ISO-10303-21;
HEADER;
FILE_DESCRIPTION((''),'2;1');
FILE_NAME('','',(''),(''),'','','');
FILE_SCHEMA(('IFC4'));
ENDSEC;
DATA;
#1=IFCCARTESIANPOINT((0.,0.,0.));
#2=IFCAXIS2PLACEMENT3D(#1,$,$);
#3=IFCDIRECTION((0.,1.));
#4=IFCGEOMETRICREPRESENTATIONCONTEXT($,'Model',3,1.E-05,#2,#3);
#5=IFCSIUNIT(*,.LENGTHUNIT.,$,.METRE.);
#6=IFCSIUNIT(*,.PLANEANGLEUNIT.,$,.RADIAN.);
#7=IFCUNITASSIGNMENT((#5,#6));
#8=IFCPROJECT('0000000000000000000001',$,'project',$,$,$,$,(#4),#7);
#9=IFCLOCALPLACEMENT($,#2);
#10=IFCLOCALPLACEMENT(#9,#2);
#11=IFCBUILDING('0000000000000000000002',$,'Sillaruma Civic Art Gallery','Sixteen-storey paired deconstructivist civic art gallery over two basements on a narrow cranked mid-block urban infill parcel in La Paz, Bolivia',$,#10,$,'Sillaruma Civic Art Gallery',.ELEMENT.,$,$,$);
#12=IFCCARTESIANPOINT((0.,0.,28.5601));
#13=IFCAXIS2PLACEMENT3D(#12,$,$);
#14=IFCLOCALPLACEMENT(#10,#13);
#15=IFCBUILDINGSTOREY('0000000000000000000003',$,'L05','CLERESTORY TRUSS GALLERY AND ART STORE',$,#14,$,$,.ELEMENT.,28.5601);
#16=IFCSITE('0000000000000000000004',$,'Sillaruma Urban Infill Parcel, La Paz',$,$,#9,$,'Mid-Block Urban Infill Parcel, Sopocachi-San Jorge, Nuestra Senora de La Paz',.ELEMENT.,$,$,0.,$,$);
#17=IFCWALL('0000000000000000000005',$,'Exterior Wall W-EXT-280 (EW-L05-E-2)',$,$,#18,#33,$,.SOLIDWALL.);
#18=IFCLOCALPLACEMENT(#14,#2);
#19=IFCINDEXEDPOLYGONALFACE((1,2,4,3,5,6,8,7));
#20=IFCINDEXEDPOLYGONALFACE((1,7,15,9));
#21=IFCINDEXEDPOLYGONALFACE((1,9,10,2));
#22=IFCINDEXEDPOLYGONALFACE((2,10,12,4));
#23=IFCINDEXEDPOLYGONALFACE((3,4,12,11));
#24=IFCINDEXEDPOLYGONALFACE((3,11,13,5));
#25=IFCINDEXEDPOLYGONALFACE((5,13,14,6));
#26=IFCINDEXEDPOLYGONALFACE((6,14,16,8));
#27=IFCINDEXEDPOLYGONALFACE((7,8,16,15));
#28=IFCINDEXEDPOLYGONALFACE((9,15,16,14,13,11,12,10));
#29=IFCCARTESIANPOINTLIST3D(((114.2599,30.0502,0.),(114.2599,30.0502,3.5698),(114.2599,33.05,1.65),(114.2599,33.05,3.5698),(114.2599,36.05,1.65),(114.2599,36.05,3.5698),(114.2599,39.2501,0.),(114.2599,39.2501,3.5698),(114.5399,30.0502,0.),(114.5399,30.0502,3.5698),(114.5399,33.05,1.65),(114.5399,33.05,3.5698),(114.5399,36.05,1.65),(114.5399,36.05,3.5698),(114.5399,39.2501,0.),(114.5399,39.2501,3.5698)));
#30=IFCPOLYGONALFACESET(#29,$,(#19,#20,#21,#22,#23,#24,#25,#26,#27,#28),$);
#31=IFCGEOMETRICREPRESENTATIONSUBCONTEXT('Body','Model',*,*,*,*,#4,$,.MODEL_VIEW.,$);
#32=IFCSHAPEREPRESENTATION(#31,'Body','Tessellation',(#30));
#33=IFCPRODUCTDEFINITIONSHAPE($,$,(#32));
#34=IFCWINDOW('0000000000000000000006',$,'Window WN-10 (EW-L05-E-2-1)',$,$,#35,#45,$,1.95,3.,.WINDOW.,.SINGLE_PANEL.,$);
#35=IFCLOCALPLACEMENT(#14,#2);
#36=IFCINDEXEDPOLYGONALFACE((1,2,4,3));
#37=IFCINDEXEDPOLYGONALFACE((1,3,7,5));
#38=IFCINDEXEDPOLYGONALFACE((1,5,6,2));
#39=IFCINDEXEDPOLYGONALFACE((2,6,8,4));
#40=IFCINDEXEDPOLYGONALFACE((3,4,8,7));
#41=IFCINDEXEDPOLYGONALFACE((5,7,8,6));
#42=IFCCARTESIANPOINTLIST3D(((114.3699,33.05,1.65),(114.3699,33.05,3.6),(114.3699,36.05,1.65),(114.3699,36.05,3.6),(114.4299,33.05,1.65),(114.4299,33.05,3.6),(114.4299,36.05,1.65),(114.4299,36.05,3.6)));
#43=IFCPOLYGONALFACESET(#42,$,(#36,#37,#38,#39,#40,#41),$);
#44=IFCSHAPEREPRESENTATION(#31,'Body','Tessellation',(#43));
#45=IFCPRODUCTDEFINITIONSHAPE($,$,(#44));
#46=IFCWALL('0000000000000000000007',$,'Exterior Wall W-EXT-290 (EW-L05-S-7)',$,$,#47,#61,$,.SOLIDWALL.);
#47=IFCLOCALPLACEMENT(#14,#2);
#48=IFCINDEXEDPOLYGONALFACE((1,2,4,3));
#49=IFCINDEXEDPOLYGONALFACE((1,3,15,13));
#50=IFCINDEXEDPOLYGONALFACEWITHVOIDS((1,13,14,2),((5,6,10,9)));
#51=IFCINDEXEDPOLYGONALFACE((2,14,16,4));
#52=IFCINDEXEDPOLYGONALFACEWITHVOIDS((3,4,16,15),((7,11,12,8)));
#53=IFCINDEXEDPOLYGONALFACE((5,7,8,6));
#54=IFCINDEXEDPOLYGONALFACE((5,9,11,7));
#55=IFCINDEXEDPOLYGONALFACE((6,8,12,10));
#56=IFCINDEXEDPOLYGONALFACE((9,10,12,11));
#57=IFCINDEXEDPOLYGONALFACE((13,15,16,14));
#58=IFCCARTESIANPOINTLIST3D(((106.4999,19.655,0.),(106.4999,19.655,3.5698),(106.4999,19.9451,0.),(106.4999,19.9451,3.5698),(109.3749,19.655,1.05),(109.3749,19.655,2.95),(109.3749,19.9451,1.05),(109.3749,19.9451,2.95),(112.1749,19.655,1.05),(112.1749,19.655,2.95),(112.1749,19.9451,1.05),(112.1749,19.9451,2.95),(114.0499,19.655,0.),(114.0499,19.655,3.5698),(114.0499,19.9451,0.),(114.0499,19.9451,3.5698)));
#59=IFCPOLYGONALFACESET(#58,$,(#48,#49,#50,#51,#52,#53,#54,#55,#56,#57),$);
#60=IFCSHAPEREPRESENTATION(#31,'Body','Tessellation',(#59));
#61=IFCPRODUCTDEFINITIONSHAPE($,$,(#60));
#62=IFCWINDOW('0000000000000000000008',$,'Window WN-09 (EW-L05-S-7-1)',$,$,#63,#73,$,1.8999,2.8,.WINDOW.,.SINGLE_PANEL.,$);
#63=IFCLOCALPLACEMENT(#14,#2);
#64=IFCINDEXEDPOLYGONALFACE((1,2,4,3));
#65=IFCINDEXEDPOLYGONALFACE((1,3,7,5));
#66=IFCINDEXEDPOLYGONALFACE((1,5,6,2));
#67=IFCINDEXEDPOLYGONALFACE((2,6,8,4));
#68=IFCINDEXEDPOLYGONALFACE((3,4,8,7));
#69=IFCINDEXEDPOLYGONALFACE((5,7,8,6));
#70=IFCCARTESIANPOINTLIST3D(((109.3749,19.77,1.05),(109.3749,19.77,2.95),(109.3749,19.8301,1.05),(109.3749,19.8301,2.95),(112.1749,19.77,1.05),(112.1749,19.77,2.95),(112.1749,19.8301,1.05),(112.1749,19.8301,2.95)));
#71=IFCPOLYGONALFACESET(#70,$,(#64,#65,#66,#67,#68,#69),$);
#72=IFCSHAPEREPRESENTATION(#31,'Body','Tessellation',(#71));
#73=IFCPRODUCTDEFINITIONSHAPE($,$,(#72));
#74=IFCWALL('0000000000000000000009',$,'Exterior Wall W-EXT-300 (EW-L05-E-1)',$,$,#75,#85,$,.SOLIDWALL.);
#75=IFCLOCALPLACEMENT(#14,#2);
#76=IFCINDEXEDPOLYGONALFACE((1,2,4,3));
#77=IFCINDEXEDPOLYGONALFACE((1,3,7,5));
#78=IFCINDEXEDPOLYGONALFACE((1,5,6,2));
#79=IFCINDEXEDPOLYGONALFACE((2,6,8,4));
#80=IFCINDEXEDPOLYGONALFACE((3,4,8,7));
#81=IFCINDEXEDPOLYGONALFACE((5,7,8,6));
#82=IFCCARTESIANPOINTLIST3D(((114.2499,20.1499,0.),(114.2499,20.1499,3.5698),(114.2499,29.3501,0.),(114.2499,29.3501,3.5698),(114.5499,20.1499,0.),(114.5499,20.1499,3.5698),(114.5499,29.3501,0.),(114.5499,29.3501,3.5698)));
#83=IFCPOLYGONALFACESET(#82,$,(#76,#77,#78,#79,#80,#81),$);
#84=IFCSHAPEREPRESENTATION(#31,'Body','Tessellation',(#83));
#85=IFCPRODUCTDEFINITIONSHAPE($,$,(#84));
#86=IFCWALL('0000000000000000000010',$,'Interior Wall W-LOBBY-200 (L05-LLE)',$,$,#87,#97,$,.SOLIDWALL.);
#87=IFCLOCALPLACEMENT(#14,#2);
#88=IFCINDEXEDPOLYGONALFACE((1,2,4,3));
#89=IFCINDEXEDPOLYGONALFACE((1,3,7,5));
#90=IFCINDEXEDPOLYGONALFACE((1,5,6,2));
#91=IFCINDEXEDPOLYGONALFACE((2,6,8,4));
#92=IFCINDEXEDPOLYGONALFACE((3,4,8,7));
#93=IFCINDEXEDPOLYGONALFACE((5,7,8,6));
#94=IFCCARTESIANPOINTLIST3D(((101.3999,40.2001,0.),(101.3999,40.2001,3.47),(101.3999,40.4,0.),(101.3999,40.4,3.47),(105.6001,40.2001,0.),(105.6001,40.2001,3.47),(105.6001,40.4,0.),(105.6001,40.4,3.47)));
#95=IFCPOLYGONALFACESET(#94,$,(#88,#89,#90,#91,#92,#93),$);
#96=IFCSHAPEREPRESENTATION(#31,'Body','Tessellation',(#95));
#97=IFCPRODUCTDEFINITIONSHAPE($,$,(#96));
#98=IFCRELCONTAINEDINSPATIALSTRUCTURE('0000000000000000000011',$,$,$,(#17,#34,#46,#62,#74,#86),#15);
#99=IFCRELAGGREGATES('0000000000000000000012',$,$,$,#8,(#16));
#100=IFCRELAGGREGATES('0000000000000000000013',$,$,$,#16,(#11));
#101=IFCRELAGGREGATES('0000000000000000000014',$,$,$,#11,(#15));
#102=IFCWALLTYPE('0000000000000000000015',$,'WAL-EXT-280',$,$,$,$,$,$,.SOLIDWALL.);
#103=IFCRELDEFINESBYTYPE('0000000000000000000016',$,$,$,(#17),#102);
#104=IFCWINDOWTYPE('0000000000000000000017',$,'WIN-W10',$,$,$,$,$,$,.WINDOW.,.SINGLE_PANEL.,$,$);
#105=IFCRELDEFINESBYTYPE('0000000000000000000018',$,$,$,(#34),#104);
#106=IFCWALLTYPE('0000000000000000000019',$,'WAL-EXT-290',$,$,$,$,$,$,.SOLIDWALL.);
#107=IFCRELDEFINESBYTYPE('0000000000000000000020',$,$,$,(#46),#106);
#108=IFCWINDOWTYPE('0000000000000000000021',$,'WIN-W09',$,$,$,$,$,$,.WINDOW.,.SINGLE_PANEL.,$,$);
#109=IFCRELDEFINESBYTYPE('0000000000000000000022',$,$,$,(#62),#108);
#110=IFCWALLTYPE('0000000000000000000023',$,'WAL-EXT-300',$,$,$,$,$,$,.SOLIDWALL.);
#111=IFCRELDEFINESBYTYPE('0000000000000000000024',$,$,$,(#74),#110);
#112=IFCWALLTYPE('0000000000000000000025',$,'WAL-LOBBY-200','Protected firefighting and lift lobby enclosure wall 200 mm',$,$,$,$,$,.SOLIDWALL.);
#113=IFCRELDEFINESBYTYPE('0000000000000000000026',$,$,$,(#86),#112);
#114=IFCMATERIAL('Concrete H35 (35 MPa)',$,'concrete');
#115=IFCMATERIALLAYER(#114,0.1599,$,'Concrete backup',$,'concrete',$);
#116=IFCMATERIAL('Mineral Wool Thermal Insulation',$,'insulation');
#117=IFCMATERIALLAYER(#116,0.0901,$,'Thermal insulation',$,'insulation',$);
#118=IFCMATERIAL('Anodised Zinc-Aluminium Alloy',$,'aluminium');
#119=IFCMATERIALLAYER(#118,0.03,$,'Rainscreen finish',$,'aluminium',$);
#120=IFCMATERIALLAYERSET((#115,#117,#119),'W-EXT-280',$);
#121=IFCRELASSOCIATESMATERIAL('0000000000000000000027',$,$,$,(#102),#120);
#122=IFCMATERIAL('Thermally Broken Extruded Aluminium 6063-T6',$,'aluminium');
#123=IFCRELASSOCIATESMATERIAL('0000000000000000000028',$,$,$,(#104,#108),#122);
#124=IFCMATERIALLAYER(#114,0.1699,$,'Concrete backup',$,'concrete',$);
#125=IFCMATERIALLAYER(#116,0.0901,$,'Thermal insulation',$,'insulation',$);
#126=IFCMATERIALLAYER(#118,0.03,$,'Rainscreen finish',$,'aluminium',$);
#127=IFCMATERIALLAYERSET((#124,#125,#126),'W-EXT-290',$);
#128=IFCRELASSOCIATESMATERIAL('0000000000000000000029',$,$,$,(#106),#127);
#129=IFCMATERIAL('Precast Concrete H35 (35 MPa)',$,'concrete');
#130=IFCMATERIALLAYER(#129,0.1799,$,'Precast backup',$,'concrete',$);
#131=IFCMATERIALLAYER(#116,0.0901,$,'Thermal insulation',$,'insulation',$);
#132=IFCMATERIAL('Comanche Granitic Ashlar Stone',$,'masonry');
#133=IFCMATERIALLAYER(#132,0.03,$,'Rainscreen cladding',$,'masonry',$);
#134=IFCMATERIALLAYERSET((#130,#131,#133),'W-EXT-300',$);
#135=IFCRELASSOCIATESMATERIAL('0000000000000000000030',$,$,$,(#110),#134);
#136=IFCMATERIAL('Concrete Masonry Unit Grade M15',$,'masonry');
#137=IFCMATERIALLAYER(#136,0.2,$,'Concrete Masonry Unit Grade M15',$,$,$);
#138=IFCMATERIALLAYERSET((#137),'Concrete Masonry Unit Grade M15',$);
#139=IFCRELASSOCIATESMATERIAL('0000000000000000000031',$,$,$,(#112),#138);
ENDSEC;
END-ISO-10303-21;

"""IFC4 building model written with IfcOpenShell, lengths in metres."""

from ifc_helpers import new_model, si_unit, direction, frame, frame_2d, origin, place, context, subcontext, project, spatial, rectangle, extrude, material, layer, layer_set, type_object, element, fill, save


model = new_model("IFC4")

# Units and contexts
model_context = context("Model", 3, precision=1e-05, world=origin(), true_north=direction((0.0, 1.0)))
body_context = subcontext(model_context, "Body", "Model", "MODEL_VIEW")
ifc_project = project(units=[si_unit("LENGTHUNIT", "METRE"), si_unit("PLANEANGLEUNIT", "RADIAN")], contexts=[model_context])

# Site, building, storey
site_placement = place(None, origin())
site = spatial("IfcSite", under=ifc_project, at=site_placement, Name="Sillaruma Urban Infill Parcel, La Paz", LongName="Mid-Block Urban Infill Parcel, Sopocachi-San Jorge, Nuestra Senora de La Paz", CompositionType="ELEMENT", RefElevation=0.0)
building_placement = place(site_placement, origin())
building = spatial("IfcBuilding", under=site, at=building_placement, Name="Sillaruma Civic Art Gallery", Description="Sixteen-storey paired deconstructivist civic art gallery over two basements on a narrow cranked mid-block urban infill parcel in La Paz, Bolivia", LongName="Sillaruma Civic Art Gallery", CompositionType="ELEMENT")
storey_placement = place(building_placement, frame((0.0, 0.0, 28.5601)))
storey = spatial("IfcBuildingStorey", under=building, at=storey_placement, Name="L05", Description="CLERESTORY TRUSS GALLERY AND ART STORE", CompositionType="ELEMENT", Elevation=28.5601)

# Shared definitions
ifc_material_1 = material(Name="Concrete H35 (35 MPa)", Category="concrete")

# Shared definitions
ifc_material_2 = material(Name="Thermally Broken Extruded Aluminium 6063-T6", Category="aluminium")

# Walls, openings, windows
ifc_layer_1 = layer(ifc_material_1, 0.1599, Name="Concrete backup", Category="concrete")
ifc_material_3 = material(Name="Mineral Wool Thermal Insulation", Category="insulation")
ifc_layer_2 = layer(ifc_material_3, 0.0901, Name="Thermal insulation", Category="insulation")
ifc_material_4 = material(Name="Anodised Zinc-Aluminium Alloy", Category="aluminium")
ifc_layer_3 = layer(ifc_material_4, 0.03, Name="Rainscreen finish", Category="aluminium")
ifc_layer_set_1 = layer_set([ifc_layer_1, ifc_layer_2, ifc_layer_3], Name="W-EXT-280")
wall_type_1 = type_object("IfcWallType", Name="WAL-EXT-280", PredefinedType="SOLIDWALL", material=ifc_layer_set_1)
wall_1_placement = place(storey_placement, frame((114.3999, 30.05, 0.0), z_axis=(0.0, 0.0, 1.0), x_axis=(0.0, 1.0, 0.0)))
wall_1 = element("IfcWall", 1, at=wall_1_placement, inside=storey, type_object=wall_type_1, Name="Exterior Wall W-EXT-280 (EW-L05-E-2)", PredefinedType="SOLIDWALL", context=body_context, shape_type="SweptSolid", body=[
    extrude(rectangle(XDim=9.2, YDim=0.28, at=frame_2d((4.6001, 0.0))), origin(), (0.0, 0.0, 1.0), 3.5698),
])
opening_1_placement = place(wall_1_placement, frame((3.0, 0.0, 1.6499)))
opening_1 = element("IfcOpeningElement", 2, at=opening_1_placement, cuts=wall_1, PredefinedType="OPENING", context=body_context, shape_type="SweptSolid", body=[
    extrude(rectangle(XDim=3.0, YDim=1.95, at=frame_2d((1.5, 0.9751))), frame((0.0, 0.1499, 0.0), z_axis=(0.0, -1.0, 0.0), x_axis=(1.0, 0.0, 0.0)), (0.0, 0.0, 1.0), 0.3),
])
window_type_1 = type_object("IfcWindowType", Name="WIN-W10", PartitioningType="SINGLE_PANEL", PredefinedType="WINDOW", material=ifc_material_2)
window_1_placement = place(opening_1_placement, origin())
window_1 = element("IfcWindow", 3, at=window_1_placement, inside=storey, type_object=window_type_1, Name="Window WN-10 (EW-L05-E-2-1)", OverallHeight=1.95, OverallWidth=3.0, PartitioningType="SINGLE_PANEL", PredefinedType="WINDOW", context=body_context, shape_type="SweptSolid", body=[
    extrude(rectangle(XDim=3.0, YDim=1.95, at=frame_2d((1.5, 0.9751))), frame((0.0, 0.03, 0.0), z_axis=(0.0, -1.0, 0.0), x_axis=(1.0, 0.0, 0.0)), (0.0, 0.0, 1.0), 0.0601),
])
fill(opening_1, window_1)
ifc_layer_4 = layer(ifc_material_1, 0.1699, Name="Concrete backup", Category="concrete")
ifc_layer_5 = layer(ifc_material_3, 0.0901, Name="Thermal insulation", Category="insulation")
ifc_layer_6 = layer(ifc_material_4, 0.03, Name="Rainscreen finish", Category="aluminium")
ifc_layer_set_2 = layer_set([ifc_layer_4, ifc_layer_5, ifc_layer_6], Name="W-EXT-290")
wall_type_2 = type_object("IfcWallType", Name="WAL-EXT-290", PredefinedType="SOLIDWALL", material=ifc_layer_set_2)
wall_2_placement = place(storey_placement, frame((106.5, 19.8, 0.0), z_axis=(0.0, 0.0, 1.0), x_axis=(1.0, 0.0, 0.0)))
wall_2 = element("IfcWall", 4, at=wall_2_placement, inside=storey, type_object=wall_type_2, Name="Exterior Wall W-EXT-290 (EW-L05-S-7)", PredefinedType="SOLIDWALL", context=body_context, shape_type="SweptSolid", body=[
    extrude(rectangle(XDim=7.55, YDim=0.29, at=frame_2d((3.7749, 0.0))), origin(), (0.0, 0.0, 1.0), 3.5698),
])
opening_2_placement = place(wall_2_placement, frame((2.875, 0.0, 1.05)))
opening_2 = element("IfcOpeningElement", 5, at=opening_2_placement, cuts=wall_2, PredefinedType="OPENING", context=body_context, shape_type="SweptSolid", body=[
    extrude(rectangle(XDim=2.8, YDim=1.8999, at=frame_2d((1.3999, 0.95))), frame((0.0, 0.155, 0.0), z_axis=(0.0, -1.0, 0.0), x_axis=(1.0, 0.0, 0.0)), (0.0, 0.0, 1.0), 0.3101),
])
window_type_2 = type_object("IfcWindowType", Name="WIN-W09", PartitioningType="SINGLE_PANEL", PredefinedType="WINDOW", material=ifc_material_2)
window_2_placement = place(opening_2_placement, origin())
window_2 = element("IfcWindow", 6, at=window_2_placement, inside=storey, type_object=window_type_2, Name="Window WN-09 (EW-L05-S-7-1)", OverallHeight=1.8999, OverallWidth=2.8, PartitioningType="SINGLE_PANEL", PredefinedType="WINDOW", context=body_context, shape_type="SweptSolid", body=[
    extrude(rectangle(XDim=2.8, YDim=1.8999, at=frame_2d((1.3999, 0.95))), frame((0.0, 0.03, 0.0), z_axis=(0.0, -1.0, 0.0), x_axis=(1.0, 0.0, 0.0)), (0.0, 0.0, 1.0), 0.0601),
])
fill(opening_2, window_2)

# Walls
ifc_material_5 = material(Name="Precast Concrete H35 (35 MPa)", Category="concrete")
ifc_layer_7 = layer(ifc_material_5, 0.1799, Name="Precast backup", Category="concrete")
ifc_layer_8 = layer(ifc_material_3, 0.0901, Name="Thermal insulation", Category="insulation")
ifc_material_6 = material(Name="Comanche Granitic Ashlar Stone", Category="masonry")
ifc_layer_9 = layer(ifc_material_6, 0.03, Name="Rainscreen cladding", Category="masonry")
ifc_layer_set_3 = layer_set([ifc_layer_7, ifc_layer_8, ifc_layer_9], Name="W-EXT-300")
wall_type_3 = type_object("IfcWallType", Name="WAL-EXT-300", PredefinedType="SOLIDWALL", material=ifc_layer_set_3)
wall_3_placement = place(storey_placement, frame((114.3999, 20.1499, 0.0), z_axis=(0.0, 0.0, 1.0), x_axis=(0.0, 1.0, 0.0)))
element("IfcWall", 7, at=wall_3_placement, inside=storey, type_object=wall_type_3, Name="Exterior Wall W-EXT-300 (EW-L05-E-1)", PredefinedType="SOLIDWALL", context=body_context, shape_type="SweptSolid", body=[
    extrude(rectangle(XDim=9.2002, YDim=0.3, at=frame_2d((4.6001, 0.0))), origin(), (0.0, 0.0, 1.0), 3.5698),
])
ifc_material_7 = material(Name="Concrete Masonry Unit Grade M15", Category="masonry")
ifc_layer_10 = layer(ifc_material_7, 0.2, Name="Concrete Masonry Unit Grade M15")
ifc_layer_set_4 = layer_set([ifc_layer_10], Name="Concrete Masonry Unit Grade M15")
wall_type_4 = type_object("IfcWallType", Name="WAL-LOBBY-200", Description="Protected firefighting and lift lobby enclosure wall 200 mm", PredefinedType="SOLIDWALL", material=ifc_layer_set_4)
wall_4_placement = place(storey_placement, frame((101.3999, 40.3, 0.0), z_axis=(0.0, 0.0, 1.0), x_axis=(1.0, 0.0, 0.0)))
element("IfcWall", 8, at=wall_4_placement, inside=storey, type_object=wall_type_4, Name="Interior Wall W-LOBBY-200 (L05-LLE)", PredefinedType="SOLIDWALL", context=body_context, shape_type="SweptSolid", body=[
    extrude(rectangle(XDim=4.2002, YDim=0.2, at=frame_2d((2.1001, 0.0))), origin(), (0.0, 0.0, 1.0), 3.47),
])

save(model, "model.ifc")
